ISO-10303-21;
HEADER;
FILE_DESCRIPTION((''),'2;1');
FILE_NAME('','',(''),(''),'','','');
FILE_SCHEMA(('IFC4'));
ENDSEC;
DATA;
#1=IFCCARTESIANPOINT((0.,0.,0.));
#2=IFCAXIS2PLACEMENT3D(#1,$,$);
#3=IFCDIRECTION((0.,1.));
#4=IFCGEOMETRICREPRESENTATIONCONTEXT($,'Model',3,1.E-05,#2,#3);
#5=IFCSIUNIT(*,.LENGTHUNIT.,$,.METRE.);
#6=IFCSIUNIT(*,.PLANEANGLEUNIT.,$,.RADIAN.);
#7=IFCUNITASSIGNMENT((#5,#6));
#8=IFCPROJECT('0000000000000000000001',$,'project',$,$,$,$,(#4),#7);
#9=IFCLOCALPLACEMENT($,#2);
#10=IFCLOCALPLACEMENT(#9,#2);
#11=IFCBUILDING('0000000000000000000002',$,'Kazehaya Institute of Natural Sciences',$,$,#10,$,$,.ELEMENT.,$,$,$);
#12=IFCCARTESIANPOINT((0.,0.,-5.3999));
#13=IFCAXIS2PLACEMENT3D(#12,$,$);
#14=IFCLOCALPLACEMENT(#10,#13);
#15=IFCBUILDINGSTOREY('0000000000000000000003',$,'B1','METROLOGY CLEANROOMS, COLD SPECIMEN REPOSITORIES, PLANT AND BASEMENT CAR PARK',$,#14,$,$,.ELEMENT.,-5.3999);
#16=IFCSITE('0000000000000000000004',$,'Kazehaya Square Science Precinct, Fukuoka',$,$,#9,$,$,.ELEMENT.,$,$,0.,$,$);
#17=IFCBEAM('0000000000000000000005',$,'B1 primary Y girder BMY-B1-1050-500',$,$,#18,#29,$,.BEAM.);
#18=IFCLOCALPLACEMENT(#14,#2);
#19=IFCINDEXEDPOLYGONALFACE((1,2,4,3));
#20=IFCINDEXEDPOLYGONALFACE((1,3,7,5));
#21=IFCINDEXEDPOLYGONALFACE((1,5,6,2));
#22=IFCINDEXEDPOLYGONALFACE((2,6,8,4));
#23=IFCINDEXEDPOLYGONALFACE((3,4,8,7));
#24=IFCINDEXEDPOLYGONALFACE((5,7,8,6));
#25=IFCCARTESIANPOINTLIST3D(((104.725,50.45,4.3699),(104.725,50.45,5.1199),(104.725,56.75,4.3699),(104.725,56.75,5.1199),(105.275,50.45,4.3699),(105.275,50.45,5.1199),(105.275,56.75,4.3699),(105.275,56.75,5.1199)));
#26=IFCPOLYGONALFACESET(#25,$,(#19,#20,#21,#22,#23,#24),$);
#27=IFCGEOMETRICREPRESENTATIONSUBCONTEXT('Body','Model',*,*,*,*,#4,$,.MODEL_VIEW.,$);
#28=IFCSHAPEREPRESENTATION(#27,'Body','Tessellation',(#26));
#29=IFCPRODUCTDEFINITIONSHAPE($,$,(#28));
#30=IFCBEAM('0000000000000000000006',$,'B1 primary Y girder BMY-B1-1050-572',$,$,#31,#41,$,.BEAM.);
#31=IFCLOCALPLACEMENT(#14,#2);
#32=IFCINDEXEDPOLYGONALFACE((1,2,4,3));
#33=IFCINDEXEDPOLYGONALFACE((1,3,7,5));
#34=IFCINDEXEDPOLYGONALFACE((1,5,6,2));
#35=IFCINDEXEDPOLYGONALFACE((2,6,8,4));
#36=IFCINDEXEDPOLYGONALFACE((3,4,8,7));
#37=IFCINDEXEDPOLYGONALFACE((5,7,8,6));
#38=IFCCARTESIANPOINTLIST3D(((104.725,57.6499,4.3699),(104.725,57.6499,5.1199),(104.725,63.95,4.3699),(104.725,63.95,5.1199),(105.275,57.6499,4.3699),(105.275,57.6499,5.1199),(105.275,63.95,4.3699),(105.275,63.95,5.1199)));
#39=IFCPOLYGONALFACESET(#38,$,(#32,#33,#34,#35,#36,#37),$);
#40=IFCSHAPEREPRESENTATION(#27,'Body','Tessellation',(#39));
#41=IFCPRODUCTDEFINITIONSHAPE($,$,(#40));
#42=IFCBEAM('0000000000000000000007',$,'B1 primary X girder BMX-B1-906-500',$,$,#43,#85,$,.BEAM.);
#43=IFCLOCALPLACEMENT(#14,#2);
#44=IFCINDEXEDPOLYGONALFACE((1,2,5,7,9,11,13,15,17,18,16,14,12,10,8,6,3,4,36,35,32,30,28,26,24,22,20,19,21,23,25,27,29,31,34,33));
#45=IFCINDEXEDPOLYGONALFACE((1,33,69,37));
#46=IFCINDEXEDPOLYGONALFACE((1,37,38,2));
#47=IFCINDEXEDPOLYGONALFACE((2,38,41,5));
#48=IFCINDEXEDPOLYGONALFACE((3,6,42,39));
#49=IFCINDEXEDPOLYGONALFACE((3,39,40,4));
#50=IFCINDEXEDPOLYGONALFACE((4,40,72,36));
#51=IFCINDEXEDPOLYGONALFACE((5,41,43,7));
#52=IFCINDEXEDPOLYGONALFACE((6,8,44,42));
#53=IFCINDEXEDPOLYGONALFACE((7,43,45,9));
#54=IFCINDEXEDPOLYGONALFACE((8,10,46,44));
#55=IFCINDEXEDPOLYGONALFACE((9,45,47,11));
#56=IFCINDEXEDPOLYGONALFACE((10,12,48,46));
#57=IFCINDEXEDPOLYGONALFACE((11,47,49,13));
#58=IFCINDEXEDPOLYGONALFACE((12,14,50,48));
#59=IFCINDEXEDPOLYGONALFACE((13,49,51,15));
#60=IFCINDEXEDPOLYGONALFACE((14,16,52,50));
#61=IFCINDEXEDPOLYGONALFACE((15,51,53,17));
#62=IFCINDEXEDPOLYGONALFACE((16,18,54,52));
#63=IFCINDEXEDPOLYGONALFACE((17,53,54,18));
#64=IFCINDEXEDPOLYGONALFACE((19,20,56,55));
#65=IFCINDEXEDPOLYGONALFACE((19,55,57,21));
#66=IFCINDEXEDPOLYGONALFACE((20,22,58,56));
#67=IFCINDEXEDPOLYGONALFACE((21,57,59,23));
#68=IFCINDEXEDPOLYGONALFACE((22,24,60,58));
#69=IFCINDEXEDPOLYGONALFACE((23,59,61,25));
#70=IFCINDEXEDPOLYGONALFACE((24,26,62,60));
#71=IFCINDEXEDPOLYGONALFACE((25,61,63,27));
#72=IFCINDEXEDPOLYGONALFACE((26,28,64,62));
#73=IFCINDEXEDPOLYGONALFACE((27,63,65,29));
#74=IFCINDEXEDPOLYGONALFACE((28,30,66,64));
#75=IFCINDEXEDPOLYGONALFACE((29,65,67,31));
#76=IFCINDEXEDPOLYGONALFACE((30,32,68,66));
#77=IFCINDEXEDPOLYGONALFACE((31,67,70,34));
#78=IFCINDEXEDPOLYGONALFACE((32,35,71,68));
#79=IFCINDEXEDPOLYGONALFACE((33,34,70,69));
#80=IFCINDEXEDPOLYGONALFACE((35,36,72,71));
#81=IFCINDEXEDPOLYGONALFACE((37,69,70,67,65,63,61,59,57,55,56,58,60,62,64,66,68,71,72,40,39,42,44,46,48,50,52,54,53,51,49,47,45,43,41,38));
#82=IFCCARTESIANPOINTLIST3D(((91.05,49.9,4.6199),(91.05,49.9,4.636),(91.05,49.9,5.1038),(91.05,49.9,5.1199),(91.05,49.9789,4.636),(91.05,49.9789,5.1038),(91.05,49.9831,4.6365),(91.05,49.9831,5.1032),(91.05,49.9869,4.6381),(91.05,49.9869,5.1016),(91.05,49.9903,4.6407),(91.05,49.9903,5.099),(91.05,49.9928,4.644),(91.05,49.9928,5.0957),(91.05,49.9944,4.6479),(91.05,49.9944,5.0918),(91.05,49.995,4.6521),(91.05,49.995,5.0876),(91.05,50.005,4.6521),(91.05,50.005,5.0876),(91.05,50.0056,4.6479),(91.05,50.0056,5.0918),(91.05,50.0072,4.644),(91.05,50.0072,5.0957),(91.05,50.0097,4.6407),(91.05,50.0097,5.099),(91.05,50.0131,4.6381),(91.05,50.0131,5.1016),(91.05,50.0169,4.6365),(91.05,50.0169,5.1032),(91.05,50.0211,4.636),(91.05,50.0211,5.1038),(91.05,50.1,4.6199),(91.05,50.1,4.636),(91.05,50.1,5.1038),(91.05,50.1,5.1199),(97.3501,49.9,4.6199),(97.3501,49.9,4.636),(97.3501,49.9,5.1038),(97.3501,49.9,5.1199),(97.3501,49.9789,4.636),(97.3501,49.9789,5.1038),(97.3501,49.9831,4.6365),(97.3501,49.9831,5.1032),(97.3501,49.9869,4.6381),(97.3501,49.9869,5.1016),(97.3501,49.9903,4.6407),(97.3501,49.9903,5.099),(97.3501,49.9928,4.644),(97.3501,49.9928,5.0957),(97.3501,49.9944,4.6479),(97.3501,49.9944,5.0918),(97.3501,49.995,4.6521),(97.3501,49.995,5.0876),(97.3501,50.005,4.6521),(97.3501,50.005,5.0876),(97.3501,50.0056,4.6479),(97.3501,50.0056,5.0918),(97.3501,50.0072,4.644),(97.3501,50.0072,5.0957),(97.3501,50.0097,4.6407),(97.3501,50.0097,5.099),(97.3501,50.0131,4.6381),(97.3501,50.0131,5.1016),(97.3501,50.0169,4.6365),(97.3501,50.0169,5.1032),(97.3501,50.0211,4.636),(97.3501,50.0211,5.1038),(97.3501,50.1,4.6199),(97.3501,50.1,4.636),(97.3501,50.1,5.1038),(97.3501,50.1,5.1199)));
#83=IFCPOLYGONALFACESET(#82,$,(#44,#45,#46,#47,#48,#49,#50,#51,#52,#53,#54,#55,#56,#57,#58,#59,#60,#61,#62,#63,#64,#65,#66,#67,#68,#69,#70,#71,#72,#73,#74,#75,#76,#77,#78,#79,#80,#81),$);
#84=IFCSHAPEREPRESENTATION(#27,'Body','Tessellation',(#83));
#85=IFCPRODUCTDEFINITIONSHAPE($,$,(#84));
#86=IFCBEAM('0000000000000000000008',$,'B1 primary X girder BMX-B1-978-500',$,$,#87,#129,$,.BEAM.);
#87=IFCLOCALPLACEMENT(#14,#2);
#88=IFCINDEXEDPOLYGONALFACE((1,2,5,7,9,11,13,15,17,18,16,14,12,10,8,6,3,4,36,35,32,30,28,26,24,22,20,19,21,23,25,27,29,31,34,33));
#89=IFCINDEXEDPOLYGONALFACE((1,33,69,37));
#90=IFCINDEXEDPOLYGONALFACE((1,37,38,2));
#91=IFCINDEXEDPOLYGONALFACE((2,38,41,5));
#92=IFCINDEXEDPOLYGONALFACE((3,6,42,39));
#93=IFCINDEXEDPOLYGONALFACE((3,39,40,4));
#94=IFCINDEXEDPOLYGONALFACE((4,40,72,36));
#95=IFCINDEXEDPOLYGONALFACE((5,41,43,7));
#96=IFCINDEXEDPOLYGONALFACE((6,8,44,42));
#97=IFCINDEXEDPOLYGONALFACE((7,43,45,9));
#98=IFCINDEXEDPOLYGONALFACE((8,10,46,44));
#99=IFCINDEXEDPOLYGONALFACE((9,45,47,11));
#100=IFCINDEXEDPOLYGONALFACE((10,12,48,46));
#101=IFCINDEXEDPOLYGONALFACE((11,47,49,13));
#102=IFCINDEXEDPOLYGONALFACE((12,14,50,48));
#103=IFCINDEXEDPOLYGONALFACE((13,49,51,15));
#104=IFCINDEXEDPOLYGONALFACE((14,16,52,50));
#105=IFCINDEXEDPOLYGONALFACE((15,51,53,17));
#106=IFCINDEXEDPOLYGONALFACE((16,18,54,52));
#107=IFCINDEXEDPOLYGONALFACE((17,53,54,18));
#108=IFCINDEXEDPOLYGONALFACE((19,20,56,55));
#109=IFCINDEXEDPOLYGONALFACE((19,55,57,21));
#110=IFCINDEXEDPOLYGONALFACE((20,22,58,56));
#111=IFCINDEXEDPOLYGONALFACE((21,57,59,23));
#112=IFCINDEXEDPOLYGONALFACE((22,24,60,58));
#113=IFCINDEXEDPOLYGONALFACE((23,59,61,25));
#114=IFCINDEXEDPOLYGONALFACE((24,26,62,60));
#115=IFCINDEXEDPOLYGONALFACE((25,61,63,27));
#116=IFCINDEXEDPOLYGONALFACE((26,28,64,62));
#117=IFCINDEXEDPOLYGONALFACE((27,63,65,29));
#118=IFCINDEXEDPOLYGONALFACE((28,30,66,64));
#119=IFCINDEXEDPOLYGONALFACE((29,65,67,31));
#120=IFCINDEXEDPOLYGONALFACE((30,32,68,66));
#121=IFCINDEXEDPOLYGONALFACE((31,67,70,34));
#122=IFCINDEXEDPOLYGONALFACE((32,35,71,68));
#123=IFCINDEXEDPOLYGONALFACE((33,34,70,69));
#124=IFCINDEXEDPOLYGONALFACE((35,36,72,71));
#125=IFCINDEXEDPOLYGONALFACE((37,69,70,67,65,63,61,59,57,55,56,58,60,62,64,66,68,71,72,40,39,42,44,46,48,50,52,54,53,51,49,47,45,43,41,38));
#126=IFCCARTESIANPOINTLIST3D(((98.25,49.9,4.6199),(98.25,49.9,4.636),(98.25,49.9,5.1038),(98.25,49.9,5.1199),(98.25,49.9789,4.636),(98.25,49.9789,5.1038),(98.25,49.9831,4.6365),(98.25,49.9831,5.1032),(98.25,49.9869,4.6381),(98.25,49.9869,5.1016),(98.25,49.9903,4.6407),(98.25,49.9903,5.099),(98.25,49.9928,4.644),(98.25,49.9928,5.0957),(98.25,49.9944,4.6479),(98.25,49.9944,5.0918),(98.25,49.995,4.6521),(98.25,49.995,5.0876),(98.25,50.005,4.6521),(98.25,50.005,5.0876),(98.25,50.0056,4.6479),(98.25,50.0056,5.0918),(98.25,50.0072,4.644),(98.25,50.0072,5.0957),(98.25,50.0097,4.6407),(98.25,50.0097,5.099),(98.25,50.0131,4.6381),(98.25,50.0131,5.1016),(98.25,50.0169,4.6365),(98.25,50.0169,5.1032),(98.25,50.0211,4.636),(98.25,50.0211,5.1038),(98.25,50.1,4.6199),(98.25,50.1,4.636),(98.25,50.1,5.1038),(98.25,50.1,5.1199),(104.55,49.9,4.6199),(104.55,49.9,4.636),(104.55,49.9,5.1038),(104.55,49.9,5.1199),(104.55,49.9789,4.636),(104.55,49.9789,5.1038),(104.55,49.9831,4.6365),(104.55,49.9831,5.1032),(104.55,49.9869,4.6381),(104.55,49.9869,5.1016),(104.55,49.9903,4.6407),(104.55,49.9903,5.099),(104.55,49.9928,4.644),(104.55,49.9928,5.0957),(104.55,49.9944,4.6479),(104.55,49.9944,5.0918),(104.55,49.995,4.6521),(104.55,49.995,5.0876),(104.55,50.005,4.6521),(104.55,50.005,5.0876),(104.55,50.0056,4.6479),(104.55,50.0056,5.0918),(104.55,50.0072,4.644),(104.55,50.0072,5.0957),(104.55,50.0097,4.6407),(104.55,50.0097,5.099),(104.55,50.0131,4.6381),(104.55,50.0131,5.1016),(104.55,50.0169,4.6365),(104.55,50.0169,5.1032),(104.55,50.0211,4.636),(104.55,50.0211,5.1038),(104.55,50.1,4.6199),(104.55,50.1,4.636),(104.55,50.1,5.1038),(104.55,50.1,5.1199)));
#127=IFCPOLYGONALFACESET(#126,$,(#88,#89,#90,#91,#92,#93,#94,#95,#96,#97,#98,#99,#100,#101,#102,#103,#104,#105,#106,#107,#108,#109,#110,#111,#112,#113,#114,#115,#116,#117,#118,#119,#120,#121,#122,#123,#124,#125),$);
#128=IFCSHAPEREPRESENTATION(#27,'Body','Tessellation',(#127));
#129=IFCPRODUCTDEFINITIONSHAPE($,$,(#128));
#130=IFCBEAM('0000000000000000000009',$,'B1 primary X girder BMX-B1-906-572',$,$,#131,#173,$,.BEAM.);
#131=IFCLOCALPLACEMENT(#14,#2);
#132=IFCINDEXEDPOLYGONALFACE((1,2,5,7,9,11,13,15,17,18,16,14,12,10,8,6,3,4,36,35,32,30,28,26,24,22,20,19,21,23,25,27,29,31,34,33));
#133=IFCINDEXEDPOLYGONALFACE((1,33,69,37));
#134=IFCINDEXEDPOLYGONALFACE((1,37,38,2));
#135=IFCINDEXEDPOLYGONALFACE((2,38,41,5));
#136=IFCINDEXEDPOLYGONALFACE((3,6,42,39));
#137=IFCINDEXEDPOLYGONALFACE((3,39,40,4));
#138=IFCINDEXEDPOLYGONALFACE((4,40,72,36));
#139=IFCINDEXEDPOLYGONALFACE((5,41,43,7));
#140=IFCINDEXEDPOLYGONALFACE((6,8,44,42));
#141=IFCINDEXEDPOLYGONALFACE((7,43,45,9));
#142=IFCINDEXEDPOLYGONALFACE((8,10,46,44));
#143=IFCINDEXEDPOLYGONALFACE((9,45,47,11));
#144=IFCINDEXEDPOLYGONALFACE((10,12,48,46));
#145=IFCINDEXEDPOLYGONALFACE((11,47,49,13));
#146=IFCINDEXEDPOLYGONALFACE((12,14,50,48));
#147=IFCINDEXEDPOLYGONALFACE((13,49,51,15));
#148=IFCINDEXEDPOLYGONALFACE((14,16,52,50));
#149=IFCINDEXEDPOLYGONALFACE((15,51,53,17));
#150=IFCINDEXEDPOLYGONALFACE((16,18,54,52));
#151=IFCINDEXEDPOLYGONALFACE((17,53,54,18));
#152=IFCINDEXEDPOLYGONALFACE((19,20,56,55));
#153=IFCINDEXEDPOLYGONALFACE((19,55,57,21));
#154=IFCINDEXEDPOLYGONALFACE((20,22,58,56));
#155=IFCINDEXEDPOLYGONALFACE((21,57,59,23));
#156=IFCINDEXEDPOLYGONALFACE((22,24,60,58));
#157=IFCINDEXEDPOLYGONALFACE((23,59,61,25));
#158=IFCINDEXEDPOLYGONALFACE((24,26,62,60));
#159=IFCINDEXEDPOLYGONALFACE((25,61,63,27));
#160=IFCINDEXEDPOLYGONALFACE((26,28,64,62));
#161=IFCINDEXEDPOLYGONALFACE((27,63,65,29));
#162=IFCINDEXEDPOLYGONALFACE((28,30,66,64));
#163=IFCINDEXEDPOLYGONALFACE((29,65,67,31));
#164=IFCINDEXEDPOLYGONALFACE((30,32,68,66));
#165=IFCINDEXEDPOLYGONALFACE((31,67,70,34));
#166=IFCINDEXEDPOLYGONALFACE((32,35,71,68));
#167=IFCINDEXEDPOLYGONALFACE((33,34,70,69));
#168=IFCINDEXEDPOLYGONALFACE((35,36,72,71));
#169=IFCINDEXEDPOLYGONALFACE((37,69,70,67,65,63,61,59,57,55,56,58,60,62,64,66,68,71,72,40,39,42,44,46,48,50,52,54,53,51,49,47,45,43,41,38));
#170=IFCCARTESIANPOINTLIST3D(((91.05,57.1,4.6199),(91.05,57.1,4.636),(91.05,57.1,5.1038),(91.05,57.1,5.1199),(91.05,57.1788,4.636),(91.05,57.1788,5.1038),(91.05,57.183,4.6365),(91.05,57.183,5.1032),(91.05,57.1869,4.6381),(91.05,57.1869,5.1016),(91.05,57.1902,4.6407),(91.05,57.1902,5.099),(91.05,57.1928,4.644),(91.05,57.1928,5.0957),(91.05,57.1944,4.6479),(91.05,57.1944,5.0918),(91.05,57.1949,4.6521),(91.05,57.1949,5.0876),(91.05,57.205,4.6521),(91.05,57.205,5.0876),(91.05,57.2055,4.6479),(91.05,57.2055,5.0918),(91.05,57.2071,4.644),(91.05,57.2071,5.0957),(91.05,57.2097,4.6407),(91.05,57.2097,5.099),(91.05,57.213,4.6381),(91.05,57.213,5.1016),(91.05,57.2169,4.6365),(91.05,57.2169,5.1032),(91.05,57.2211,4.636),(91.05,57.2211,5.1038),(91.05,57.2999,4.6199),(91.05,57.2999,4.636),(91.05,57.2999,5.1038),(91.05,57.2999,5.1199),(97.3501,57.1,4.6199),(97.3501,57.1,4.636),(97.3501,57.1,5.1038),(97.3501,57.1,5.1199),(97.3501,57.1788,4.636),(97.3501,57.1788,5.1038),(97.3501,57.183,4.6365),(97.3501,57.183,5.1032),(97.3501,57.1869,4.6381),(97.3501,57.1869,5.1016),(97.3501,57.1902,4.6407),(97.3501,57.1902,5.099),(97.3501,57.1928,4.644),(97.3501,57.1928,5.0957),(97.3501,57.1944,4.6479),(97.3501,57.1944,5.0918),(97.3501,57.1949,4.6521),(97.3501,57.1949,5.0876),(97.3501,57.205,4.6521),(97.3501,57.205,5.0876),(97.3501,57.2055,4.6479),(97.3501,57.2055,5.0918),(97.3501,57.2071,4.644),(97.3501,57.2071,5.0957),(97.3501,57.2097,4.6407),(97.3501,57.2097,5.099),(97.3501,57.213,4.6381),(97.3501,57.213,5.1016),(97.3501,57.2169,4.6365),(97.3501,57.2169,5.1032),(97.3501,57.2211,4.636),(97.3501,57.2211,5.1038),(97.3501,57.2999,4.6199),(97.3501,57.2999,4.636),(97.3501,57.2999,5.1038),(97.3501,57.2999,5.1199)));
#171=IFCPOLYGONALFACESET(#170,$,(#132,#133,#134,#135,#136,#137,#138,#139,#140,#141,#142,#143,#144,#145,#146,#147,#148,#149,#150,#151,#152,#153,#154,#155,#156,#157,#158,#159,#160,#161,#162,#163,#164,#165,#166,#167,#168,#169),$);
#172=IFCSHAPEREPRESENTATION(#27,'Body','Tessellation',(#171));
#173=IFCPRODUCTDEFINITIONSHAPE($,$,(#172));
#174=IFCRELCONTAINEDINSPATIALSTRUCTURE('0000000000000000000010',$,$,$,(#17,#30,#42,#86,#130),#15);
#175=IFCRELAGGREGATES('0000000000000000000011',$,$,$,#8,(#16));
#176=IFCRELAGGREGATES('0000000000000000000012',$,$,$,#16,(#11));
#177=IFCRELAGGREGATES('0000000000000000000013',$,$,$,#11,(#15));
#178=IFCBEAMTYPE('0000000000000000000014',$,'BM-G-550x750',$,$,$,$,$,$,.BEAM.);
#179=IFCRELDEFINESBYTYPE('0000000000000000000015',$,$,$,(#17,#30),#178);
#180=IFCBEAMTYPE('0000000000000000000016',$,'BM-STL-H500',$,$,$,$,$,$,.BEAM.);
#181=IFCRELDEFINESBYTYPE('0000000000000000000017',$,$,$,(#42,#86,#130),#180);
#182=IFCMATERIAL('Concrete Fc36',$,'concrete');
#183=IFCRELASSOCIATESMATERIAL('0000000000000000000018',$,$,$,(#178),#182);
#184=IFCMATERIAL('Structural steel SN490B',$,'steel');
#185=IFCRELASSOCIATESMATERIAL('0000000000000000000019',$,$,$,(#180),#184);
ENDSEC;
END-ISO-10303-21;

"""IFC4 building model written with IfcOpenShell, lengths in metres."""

from ifc_helpers import new_model, si_unit, direction, frame, origin, origin_2d, place, context, subcontext, project, spatial, rectangle, i_section, extrude, material, material_profile, profile_set, type_object, element, save


model = new_model("IFC4")

# Units and contexts
model_context = context("Model", 3, precision=1e-05, world=origin(), true_north=direction((0.0, 1.0)))
body_context = subcontext(model_context, "Body", "Model", "MODEL_VIEW")
ifc_project = project(units=[si_unit("LENGTHUNIT", "METRE"), si_unit("PLANEANGLEUNIT", "RADIAN")], contexts=[model_context])

# Site, building, storey
site_placement = place(None, origin())
site = spatial("IfcSite", under=ifc_project, at=site_placement, Name="Kazehaya Square Science Precinct, Fukuoka", CompositionType="ELEMENT", RefElevation=0.0)
building_placement = place(site_placement, origin())
building = spatial("IfcBuilding", under=site, at=building_placement, Name="Kazehaya Institute of Natural Sciences", CompositionType="ELEMENT")
storey_placement = place(building_placement, frame((0.0, 0.0, -5.3999)))
storey = spatial("IfcBuildingStorey", under=building, at=storey_placement, Name="B1", Description="METROLOGY CLEANROOMS, COLD SPECIMEN REPOSITORIES, PLANT AND BASEMENT CAR PARK", CompositionType="ELEMENT", Elevation=-5.3999)

# Shared definitions
ifc_material_1 = material(Name="Concrete Fc36", Category="concrete")

# Beams
ifc_material_profile_1 = material_profile(ifc_material_1, rectangle(XDim=0.55, YDim=0.75, at=origin_2d()), Name="RC-550x750")
ifc_profile_set_1 = profile_set([ifc_material_profile_1], Name="Concrete Fc36")
beam_type_1 = type_object("IfcBeamType", Name="BM-G-550x750", PredefinedType="BEAM", material=ifc_profile_set_1)
for number, where, z_axis, x_axis, name in (
    (1, (105.0, 50.45, 4.7449), (0.0, 1.0, 0.0), (-1.0, 0.0, 0.0), "B1 primary Y girder BMY-B1-1050-500"),
    (2, (105.0, 57.6499, 4.7449), (0.0, 1.0, 0.0), (-1.0, 0.0, 0.0), "B1 primary Y girder BMY-B1-1050-572"),
):
    element("IfcBeam", number, at=place(storey_placement, frame(where, z_axis=z_axis, x_axis=x_axis)), inside=storey, type_object=beam_type_1, Name=name, PredefinedType="BEAM", context=body_context, shape_type="SweptSolid", body=[
        extrude(rectangle(XDim=0.55, YDim=0.75, at=origin_2d()), origin(), (0.0, 0.0, 1.0), 6.3),
    ])
ifc_material_2 = material(Name="Structural steel SN490B", Category="steel")
ifc_material_profile_2 = material_profile(ifc_material_2, i_section(OverallWidth=0.2, OverallDepth=0.5, WebThickness=0.01, FlangeThickness=0.0161, FilletRadius=0.0161, at=origin_2d()), Name="H-500x200x10x16")
ifc_profile_set_2 = profile_set([ifc_material_profile_2], Name="Structural steel SN490B")
beam_type_2 = type_object("IfcBeamType", Name="BM-STL-H500", PredefinedType="BEAM", material=ifc_profile_set_2)
for number, where, z_axis, x_axis, name in (
    (3, (91.05, 50.0, 4.8699), (1.0, 0.0, 0.0), (0.0, 1.0, 0.0), "B1 primary X girder BMX-B1-906-500"),
    (4, (98.25, 50.0, 4.8699), (1.0, 0.0, 0.0), (0.0, 1.0, 0.0), "B1 primary X girder BMX-B1-978-500"),
    (5, (91.05, 57.2, 4.8699), (1.0, 0.0, 0.0), (0.0, 1.0, 0.0), "B1 primary X girder BMX-B1-906-572"),
):
    element("IfcBeam", number, at=place(storey_placement, frame(where, z_axis=z_axis, x_axis=x_axis)), inside=storey, type_object=beam_type_2, Name=name, PredefinedType="BEAM", context=body_context, shape_type="SweptSolid", body=[
        extrude(i_section(OverallWidth=0.2, OverallDepth=0.5, WebThickness=0.01, FlangeThickness=0.0161, FilletRadius=0.0161, at=origin_2d()), origin(), (0.0, 0.0, 1.0), 6.3),
    ])

save(model, "model.ifc")
